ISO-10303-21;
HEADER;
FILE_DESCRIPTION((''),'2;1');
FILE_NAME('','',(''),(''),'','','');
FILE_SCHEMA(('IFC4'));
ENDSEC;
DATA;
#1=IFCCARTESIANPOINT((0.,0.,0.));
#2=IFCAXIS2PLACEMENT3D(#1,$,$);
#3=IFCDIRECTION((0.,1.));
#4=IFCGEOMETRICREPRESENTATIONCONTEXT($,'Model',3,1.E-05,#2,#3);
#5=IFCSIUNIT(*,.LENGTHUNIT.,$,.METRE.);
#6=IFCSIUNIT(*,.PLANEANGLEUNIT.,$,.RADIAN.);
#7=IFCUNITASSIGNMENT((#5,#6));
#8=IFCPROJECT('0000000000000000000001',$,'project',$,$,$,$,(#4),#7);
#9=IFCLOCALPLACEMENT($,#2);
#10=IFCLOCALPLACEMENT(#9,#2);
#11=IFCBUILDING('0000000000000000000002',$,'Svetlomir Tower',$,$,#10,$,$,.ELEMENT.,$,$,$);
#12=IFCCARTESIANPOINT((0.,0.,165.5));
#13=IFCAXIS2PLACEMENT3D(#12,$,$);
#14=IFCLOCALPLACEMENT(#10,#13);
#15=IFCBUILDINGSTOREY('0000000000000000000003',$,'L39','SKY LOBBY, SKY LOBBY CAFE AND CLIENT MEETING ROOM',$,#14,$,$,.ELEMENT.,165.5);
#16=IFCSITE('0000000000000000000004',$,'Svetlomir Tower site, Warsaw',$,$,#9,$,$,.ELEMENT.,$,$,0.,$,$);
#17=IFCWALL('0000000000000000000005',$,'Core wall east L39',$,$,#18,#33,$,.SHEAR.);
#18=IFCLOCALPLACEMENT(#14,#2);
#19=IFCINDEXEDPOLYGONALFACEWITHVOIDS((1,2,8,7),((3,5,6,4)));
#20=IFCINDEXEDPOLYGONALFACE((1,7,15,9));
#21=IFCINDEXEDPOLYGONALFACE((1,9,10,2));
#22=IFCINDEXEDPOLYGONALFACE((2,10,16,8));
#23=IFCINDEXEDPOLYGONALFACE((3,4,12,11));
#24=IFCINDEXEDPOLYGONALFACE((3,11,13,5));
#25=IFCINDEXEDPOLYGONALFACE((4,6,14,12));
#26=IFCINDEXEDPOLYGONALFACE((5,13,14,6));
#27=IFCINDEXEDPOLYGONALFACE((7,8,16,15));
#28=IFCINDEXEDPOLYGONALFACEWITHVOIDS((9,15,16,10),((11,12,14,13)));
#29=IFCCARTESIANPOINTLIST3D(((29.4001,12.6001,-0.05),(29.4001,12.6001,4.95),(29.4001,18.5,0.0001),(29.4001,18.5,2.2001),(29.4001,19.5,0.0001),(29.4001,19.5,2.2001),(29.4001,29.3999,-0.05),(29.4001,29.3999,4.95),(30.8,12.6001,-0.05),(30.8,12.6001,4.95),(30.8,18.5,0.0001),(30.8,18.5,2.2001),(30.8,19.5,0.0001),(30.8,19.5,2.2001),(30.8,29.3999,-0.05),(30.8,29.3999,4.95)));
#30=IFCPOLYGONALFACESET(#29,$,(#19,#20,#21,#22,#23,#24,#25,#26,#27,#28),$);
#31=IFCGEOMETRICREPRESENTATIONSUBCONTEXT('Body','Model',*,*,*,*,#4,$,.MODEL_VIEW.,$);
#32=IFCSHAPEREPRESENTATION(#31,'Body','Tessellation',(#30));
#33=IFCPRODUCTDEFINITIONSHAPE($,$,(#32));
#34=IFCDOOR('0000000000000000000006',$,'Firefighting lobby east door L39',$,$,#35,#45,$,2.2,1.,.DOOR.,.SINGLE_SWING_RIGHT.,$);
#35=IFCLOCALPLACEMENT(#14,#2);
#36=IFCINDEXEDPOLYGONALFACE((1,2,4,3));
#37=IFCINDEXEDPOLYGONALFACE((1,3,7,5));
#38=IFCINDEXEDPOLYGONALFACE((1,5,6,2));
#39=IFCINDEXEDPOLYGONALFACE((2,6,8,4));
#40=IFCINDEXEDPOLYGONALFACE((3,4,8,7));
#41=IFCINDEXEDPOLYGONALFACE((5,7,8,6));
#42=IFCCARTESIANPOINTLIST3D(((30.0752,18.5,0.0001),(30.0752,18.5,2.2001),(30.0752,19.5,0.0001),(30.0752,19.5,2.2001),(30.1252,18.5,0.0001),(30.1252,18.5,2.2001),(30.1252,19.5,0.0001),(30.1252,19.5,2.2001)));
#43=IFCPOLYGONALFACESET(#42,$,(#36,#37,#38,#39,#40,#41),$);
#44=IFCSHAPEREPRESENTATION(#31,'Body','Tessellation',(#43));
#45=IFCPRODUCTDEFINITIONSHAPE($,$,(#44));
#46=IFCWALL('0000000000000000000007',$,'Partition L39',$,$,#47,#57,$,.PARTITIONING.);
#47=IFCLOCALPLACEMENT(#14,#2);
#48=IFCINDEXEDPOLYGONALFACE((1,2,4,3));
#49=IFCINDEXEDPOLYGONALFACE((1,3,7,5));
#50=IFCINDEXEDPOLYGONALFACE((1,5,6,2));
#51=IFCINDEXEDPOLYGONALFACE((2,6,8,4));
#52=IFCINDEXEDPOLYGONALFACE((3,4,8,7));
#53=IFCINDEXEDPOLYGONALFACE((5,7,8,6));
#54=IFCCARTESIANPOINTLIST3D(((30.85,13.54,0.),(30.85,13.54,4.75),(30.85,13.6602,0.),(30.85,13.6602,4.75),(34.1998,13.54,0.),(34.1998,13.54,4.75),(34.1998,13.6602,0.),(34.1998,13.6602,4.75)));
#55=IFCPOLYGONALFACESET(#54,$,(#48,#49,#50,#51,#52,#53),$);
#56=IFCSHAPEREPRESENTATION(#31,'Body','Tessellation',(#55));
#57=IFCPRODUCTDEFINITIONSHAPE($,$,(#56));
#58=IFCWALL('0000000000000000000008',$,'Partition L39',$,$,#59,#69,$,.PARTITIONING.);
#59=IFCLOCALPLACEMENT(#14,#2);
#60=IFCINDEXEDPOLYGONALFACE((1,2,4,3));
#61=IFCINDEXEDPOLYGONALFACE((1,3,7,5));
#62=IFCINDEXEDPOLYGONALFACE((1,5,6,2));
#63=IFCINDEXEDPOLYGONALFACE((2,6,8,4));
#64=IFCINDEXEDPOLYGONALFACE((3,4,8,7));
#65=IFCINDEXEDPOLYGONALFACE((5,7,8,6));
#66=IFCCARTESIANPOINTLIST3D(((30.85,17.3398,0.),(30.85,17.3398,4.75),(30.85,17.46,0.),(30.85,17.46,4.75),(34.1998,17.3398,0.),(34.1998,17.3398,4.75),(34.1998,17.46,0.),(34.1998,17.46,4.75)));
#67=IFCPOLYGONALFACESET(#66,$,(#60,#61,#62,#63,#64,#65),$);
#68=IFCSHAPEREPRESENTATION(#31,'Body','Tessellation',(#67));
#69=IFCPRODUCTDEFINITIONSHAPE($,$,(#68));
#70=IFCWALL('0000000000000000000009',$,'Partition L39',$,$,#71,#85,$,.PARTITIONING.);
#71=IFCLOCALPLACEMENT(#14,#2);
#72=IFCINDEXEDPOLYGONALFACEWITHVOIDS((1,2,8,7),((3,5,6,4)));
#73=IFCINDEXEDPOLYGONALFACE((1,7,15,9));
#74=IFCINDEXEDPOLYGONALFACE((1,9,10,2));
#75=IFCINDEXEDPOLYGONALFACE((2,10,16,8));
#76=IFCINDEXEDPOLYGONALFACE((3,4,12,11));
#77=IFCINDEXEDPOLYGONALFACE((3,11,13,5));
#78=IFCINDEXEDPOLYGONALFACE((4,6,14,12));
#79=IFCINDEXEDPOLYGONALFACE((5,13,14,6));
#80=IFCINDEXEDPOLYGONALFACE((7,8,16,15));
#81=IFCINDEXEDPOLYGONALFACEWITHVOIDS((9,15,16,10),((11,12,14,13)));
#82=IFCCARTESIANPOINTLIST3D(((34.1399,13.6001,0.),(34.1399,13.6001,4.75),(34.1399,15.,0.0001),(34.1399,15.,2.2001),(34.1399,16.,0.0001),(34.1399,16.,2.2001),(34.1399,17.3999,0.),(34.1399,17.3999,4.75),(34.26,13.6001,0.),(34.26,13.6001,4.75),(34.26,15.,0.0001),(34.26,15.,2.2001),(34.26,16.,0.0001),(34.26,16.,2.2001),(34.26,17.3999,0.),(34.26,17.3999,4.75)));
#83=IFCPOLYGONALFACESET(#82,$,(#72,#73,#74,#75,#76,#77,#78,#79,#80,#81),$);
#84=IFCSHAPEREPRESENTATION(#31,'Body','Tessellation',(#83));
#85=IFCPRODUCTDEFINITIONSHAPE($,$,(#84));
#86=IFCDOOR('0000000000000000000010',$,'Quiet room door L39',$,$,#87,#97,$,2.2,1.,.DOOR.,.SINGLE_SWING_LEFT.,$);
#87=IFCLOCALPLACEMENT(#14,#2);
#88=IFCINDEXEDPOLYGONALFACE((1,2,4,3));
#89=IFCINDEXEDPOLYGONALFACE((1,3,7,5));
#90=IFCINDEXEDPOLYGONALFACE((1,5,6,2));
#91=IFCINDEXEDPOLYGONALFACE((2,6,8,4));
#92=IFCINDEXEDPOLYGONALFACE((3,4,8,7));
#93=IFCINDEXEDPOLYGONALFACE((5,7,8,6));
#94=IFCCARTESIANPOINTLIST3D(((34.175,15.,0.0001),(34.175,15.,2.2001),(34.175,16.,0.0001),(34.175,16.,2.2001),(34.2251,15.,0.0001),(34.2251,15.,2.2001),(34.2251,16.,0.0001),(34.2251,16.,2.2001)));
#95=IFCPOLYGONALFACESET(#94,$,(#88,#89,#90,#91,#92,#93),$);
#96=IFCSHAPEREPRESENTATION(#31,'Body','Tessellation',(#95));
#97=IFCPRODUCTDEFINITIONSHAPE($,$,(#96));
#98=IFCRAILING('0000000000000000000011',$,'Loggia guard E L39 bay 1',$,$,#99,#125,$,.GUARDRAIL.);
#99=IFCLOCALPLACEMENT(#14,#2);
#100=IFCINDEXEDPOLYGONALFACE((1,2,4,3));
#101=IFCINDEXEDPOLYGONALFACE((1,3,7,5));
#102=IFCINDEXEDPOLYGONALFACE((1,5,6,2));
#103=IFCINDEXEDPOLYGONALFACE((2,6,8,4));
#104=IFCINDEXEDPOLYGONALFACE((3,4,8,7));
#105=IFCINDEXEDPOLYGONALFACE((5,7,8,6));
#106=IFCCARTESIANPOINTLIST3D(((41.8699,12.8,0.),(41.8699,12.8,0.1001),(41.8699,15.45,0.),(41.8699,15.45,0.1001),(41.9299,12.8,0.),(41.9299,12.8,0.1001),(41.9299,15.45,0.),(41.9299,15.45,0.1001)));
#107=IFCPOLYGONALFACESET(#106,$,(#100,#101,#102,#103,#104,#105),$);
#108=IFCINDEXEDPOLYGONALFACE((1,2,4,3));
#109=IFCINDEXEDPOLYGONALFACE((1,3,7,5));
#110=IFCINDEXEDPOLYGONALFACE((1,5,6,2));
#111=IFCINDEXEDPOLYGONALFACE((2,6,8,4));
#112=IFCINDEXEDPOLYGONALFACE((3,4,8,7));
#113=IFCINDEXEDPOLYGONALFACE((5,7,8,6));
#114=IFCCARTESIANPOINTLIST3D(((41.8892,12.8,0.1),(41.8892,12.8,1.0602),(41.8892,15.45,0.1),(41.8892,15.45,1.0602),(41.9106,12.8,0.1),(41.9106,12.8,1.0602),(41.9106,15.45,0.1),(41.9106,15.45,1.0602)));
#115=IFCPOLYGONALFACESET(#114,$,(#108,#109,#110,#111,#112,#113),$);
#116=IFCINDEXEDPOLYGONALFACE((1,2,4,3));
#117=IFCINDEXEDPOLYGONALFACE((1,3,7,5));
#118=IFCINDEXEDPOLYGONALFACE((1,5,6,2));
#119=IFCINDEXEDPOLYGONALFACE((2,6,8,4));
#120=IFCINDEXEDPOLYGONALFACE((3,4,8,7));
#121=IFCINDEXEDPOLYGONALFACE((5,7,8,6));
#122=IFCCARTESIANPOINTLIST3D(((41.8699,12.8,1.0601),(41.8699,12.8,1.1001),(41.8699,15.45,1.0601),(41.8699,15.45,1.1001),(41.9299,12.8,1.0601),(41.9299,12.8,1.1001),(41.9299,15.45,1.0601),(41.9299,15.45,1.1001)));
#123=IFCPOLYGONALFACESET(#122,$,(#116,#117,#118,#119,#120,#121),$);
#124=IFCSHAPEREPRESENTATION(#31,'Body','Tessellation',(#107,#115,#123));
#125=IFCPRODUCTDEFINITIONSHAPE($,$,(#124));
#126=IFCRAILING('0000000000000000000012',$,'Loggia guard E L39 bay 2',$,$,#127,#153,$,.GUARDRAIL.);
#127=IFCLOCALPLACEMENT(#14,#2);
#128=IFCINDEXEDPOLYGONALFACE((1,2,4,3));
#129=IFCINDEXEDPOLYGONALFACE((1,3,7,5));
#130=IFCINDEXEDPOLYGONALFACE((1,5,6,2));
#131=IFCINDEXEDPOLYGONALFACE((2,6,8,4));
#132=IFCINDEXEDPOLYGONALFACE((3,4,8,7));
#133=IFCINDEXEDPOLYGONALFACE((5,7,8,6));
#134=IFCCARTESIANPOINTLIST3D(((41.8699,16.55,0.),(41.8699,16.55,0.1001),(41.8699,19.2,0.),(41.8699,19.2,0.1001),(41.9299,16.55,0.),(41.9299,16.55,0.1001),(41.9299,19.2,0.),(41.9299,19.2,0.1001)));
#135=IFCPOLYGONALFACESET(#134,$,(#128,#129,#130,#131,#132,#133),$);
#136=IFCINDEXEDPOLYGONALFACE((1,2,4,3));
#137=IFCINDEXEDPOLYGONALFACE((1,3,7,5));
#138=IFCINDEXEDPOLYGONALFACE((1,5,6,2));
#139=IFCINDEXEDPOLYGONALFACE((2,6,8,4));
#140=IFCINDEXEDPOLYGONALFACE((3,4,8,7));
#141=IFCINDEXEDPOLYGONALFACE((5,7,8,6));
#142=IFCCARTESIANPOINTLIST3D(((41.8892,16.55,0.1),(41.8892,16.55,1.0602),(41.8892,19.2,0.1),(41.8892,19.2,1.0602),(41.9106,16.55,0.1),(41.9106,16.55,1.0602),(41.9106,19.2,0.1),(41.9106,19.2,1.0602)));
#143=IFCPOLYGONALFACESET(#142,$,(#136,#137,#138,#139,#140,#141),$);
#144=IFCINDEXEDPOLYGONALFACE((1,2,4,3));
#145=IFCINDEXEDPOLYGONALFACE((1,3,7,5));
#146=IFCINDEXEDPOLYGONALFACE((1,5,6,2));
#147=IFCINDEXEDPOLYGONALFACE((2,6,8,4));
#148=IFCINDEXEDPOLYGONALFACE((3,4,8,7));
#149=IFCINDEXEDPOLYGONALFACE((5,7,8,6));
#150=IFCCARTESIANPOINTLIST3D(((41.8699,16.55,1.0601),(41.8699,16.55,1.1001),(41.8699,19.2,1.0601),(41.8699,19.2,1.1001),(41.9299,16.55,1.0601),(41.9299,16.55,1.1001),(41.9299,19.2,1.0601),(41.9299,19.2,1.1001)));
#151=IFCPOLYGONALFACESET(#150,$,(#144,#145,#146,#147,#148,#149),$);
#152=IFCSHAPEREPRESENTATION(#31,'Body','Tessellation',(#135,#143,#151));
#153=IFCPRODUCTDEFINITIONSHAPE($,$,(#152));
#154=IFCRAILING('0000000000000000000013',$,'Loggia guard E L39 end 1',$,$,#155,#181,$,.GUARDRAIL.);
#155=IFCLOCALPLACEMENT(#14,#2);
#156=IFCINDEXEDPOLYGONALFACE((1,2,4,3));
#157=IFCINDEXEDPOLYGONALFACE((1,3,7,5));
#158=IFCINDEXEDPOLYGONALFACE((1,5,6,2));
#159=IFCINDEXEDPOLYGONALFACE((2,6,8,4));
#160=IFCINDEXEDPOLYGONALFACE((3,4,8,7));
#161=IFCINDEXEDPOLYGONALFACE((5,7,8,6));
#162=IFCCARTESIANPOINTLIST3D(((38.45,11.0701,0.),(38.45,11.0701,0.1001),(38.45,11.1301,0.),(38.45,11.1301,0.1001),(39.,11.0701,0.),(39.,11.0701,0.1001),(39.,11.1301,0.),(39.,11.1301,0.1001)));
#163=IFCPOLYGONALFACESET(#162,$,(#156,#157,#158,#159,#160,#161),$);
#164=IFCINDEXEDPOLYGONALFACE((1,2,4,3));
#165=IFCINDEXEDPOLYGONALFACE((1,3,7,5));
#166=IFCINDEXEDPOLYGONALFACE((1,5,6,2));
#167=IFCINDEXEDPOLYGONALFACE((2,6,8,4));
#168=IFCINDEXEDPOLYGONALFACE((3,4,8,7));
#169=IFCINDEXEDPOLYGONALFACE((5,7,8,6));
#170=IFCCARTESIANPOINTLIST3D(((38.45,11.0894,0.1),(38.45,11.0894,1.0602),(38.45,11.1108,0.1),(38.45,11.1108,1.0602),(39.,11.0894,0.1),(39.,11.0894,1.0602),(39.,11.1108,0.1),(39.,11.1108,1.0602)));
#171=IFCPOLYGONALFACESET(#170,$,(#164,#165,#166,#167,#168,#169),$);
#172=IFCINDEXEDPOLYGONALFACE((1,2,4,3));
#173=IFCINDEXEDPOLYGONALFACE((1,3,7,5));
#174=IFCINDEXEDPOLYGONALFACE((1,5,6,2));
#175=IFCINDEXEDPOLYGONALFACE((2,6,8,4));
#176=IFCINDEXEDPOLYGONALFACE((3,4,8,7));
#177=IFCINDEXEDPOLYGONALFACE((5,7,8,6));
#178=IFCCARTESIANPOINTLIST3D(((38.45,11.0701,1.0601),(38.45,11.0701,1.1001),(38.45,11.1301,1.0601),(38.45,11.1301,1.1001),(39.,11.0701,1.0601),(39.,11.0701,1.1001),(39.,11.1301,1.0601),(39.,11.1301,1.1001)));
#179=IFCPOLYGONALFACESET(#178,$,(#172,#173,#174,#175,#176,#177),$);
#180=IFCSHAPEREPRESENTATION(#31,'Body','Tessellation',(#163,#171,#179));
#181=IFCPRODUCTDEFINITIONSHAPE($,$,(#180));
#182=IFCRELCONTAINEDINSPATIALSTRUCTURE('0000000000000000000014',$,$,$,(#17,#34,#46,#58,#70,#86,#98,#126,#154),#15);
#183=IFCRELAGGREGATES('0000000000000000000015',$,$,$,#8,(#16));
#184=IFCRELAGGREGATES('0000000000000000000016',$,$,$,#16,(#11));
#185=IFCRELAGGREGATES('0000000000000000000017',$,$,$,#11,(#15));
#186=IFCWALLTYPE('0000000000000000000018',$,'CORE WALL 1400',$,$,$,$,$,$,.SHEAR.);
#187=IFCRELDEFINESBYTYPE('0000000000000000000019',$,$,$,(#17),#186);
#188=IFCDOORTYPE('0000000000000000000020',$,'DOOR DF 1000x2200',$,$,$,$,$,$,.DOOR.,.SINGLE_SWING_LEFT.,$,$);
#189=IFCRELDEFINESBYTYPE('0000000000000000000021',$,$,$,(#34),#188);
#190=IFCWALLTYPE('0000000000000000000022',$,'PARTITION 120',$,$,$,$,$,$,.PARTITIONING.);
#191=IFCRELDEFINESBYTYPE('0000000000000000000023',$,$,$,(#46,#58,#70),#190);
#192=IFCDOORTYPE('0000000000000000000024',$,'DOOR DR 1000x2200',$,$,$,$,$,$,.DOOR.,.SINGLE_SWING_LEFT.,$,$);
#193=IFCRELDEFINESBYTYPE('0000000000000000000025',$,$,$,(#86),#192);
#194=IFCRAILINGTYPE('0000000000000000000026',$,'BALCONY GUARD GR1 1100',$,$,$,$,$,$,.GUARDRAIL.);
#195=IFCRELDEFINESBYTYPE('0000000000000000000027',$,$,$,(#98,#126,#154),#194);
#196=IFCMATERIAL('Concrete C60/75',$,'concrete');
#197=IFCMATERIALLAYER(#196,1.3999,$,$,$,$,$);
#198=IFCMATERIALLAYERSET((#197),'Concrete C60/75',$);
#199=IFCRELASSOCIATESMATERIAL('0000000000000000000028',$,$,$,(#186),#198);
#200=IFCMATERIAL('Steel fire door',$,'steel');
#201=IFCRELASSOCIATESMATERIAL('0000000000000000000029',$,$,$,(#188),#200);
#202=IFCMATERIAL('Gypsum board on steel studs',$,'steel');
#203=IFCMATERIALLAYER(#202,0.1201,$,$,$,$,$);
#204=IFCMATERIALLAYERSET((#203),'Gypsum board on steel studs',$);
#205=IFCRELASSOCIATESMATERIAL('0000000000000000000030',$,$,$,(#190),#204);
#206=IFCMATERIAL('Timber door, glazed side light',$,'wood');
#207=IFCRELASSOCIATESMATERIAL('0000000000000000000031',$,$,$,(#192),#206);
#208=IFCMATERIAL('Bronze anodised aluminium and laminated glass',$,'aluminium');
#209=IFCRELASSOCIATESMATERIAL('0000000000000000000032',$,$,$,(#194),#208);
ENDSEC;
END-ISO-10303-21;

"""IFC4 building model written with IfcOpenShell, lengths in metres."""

from ifc_helpers import new_model, si_unit, direction, frame, frame_2d, origin, origin_2d, place, context, subcontext, project, spatial, rectangle, extrude, material, layer, layer_set, type_object, element, fill, save


model = new_model("IFC4")

# Units and contexts
model_context = context("Model", 3, precision=1e-05, world=origin(), true_north=direction((0.0, 1.0)))
body_context = subcontext(model_context, "Body", "Model", "MODEL_VIEW")
ifc_project = project(units=[si_unit("LENGTHUNIT", "METRE"), si_unit("PLANEANGLEUNIT", "RADIAN")], contexts=[model_context])

# Site, building, storey
site_placement = place(None, origin())
site = spatial("IfcSite", under=ifc_project, at=site_placement, Name="Svetlomir Tower site, Warsaw", CompositionType="ELEMENT", RefElevation=0.0)
building_placement = place(site_placement, origin())
building = spatial("IfcBuilding", under=site, at=building_placement, Name="Svetlomir Tower", CompositionType="ELEMENT")
storey_placement = place(building_placement, frame((0.0, 0.0, 165.5)))
storey = spatial("IfcBuildingStorey", under=building, at=storey_placement, Name="L39", Description="SKY LOBBY, SKY LOBBY CAFE AND CLIENT MEETING ROOM", CompositionType="ELEMENT", Elevation=165.5)

# Wall, opening, door
ifc_material_1 = material(Name="Concrete C60/75", Category="concrete")
ifc_layer_1 = layer(ifc_material_1, 1.3999)
ifc_layer_set_1 = layer_set([ifc_layer_1], Name="Concrete C60/75")
wall_type_1 = type_object("IfcWallType", Name="CORE WALL 1400", PredefinedType="SHEAR", material=ifc_layer_set_1)
wall_1_placement = place(storey_placement, frame((30.1001, 12.6001, -0.05), z_axis=(0.0, 0.0, 1.0), x_axis=(0.0, 1.0, 0.0)))
wall_1 = element("IfcWall", 1, at=wall_1_placement, inside=storey, type_object=wall_type_1, Name="Core wall east L39", PredefinedType="SHEAR", context=body_context, shape_type="SweptSolid", body=[
    extrude(rectangle(XDim=16.7998, YDim=1.3999, at=frame_2d((8.3999, 0.0))), origin(), (0.0, 0.0, 1.0), 5.0),
])
opening_1_placement = place(wall_1_placement, frame((5.8999, 0.0, 0.05)))
opening_1 = element("IfcOpeningElement", 2, at=opening_1_placement, cuts=wall_1, PredefinedType="OPENING", context=body_context, shape_type="SweptSolid", body=[
    extrude(rectangle(XDim=1.0, YDim=2.2, at=frame_2d((0.5, 1.1001))), frame((0.0, 0.71, 0.0), z_axis=(0.0, -1.0, 0.0), x_axis=(1.0, 0.0, 0.0)), (0.0, 0.0, 1.0), 1.4199),
])
ifc_material_2 = material(Name="Steel fire door", Category="steel")
door_type_1 = type_object("IfcDoorType", Name="DOOR DF 1000x2200", OperationType="SINGLE_SWING_LEFT", PredefinedType="DOOR", material=ifc_material_2)
door_1_placement = place(opening_1_placement, origin())
door_1 = element("IfcDoor", 3, at=door_1_placement, inside=storey, type_object=door_type_1, Name="Firefighting lobby east door L39", OperationType="SINGLE_SWING_RIGHT", OverallHeight=2.2, OverallWidth=1.0, PredefinedType="DOOR", context=body_context, shape_type="SweptSolid", body=[
    extrude(rectangle(XDim=1.0, YDim=2.2, at=frame_2d((0.5, 1.1001))), frame((0.0, 0.0249, 0.0), z_axis=(0.0, -1.0, 0.0), x_axis=(1.0, 0.0, 0.0)), (0.0, 0.0, 1.0), 0.05),
])
fill(opening_1, door_1)

# Walls
ifc_material_3 = material(Name="Gypsum board on steel studs", Category="steel")
ifc_layer_2 = layer(ifc_material_3, 0.1201)
ifc_layer_set_2 = layer_set([ifc_layer_2], Name="Gypsum board on steel studs")
wall_type_2 = type_object("IfcWallType", Name="PARTITION 120", PredefinedType="PARTITIONING", material=ifc_layer_set_2)
for number, where, z_axis, x_axis, name in (
    (4, (30.8501, 13.6001, 0.0), (0.0, 0.0, 1.0), (1.0, 0.0, 0.0), "Partition L39"),
    (5, (30.8501, 17.3999, 0.0), (0.0, 0.0, 1.0), (1.0, 0.0, 0.0), "Partition L39"),
):
    element("IfcWall", number, at=place(storey_placement, frame(where, z_axis=z_axis, x_axis=x_axis)), inside=storey, type_object=wall_type_2, Name=name, PredefinedType="PARTITIONING", context=body_context, shape_type="SweptSolid", body=[
        extrude(rectangle(XDim=3.3499, YDim=0.1201, at=frame_2d((1.6748, 0.0))), origin(), (0.0, 0.0, 1.0), 4.75),
    ])

# Wall, opening, door
wall_2_placement = place(storey_placement, frame((34.2, 13.6001, 0.0), z_axis=(0.0, 0.0, 1.0), x_axis=(0.0, 1.0, 0.0)))
wall_2 = element("IfcWall", 6, at=wall_2_placement, inside=storey, type_object=wall_type_2, Name="Partition L39", PredefinedType="PARTITIONING", context=body_context, shape_type="SweptSolid", body=[
    extrude(rectangle(XDim=3.7998, YDim=0.1201, at=frame_2d((1.8999, 0.0))), origin(), (0.0, 0.0, 1.0), 4.75),
])
opening_2_placement = place(wall_2_placement, frame((1.3999, 0.0, 0.0)))
opening_2 = element("IfcOpeningElement", 7, at=opening_2_placement, cuts=wall_2, PredefinedType="OPENING", context=body_context, shape_type="SweptSolid", body=[
    extrude(rectangle(XDim=1.0, YDim=2.2, at=frame_2d((0.5, 1.1001))), frame((0.0, 0.0701, 0.0), z_axis=(0.0, -1.0, 0.0), x_axis=(1.0, 0.0, 0.0)), (0.0, 0.0, 1.0), 0.1401),
])
ifc_material_4 = material(Name="Timber door, glazed side light", Category="wood")
door_type_2 = type_object("IfcDoorType", Name="DOOR DR 1000x2200", OperationType="SINGLE_SWING_LEFT", PredefinedType="DOOR", material=ifc_material_4)
door_2_placement = place(opening_2_placement, origin())
door_2 = element("IfcDoor", 8, at=door_2_placement, inside=storey, type_object=door_type_2, Name="Quiet room door L39", OperationType="SINGLE_SWING_LEFT", OverallHeight=2.2, OverallWidth=1.0, PredefinedType="DOOR", context=body_context, shape_type="SweptSolid", body=[
    extrude(rectangle(XDim=1.0, YDim=2.2, at=frame_2d((0.5, 1.1001))), frame((0.0, 0.0249, 0.0), z_axis=(0.0, -1.0, 0.0), x_axis=(1.0, 0.0, 0.0)), (0.0, 0.0, 1.0), 0.05),
])
fill(opening_2, door_2)

# Railings
ifc_material_5 = material(Name="Bronze anodised aluminium and laminated glass", Category="aluminium")
railing_type = type_object("IfcRailingType", Name="BALCONY GUARD GR1 1100", PredefinedType="GUARDRAIL", material=ifc_material_5)
for number, where, name in (
    (9, (41.8999, 12.8, 0.0), "Loggia guard E L39 bay 1"),
    (10, (41.8999, 16.55, 0.0), "Loggia guard E L39 bay 2"),
):
    element("IfcRailing", number, at=place(storey_placement, frame(where)), inside=storey, type_object=railing_type, Name=name, PredefinedType="GUARDRAIL", context=body_context, shape_type="SweptSolid", body=[
        extrude(rectangle(XDim=0.0601, YDim=0.1001, at=origin_2d()), frame((0.0, 0.0, 0.05), z_axis=(0.0, 1.0, 0.0), x_axis=(-1.0, 0.0, 0.0)), (0.0, 0.0, 1.0), 2.6499),
        extrude(rectangle(XDim=0.0215, YDim=0.9602, at=origin_2d()), frame((0.0, 0.0, 0.5801), z_axis=(0.0, 1.0, 0.0), x_axis=(-1.0, 0.0, 0.0)), (0.0, 0.0, 1.0), 2.6499),
        extrude(rectangle(XDim=0.0601, YDim=0.04, at=origin_2d()), frame((0.0, 0.0, 1.0801), z_axis=(0.0, 1.0, 0.0), x_axis=(-1.0, 0.0, 0.0)), (0.0, 0.0, 1.0), 2.6499),
    ])
railing_placement = place(storey_placement, frame((38.45, 11.1001, 0.0)))
element("IfcRailing", 11, at=railing_placement, inside=storey, type_object=railing_type, Name="Loggia guard E L39 end 1", PredefinedType="GUARDRAIL", context=body_context, shape_type="SweptSolid", body=[
    extrude(rectangle(XDim=0.0601, YDim=0.1001, at=origin_2d()), frame((0.0, 0.0, 0.05), z_axis=(1.0, 0.0, 0.0), x_axis=(0.0, 1.0, 0.0)), (0.0, 0.0, 1.0), 0.55),
    extrude(rectangle(XDim=0.0215, YDim=0.9602, at=origin_2d()), frame((0.0, 0.0, 0.5801), z_axis=(1.0, 0.0, 0.0), x_axis=(0.0, 1.0, 0.0)), (0.0, 0.0, 1.0), 0.55),
    extrude(rectangle(XDim=0.0601, YDim=0.04, at=origin_2d()), frame((0.0, 0.0, 1.0801), z_axis=(1.0, 0.0, 0.0), x_axis=(0.0, 1.0, 0.0)), (0.0, 0.0, 1.0), 0.55),
])

save(model, "model.ifc")
